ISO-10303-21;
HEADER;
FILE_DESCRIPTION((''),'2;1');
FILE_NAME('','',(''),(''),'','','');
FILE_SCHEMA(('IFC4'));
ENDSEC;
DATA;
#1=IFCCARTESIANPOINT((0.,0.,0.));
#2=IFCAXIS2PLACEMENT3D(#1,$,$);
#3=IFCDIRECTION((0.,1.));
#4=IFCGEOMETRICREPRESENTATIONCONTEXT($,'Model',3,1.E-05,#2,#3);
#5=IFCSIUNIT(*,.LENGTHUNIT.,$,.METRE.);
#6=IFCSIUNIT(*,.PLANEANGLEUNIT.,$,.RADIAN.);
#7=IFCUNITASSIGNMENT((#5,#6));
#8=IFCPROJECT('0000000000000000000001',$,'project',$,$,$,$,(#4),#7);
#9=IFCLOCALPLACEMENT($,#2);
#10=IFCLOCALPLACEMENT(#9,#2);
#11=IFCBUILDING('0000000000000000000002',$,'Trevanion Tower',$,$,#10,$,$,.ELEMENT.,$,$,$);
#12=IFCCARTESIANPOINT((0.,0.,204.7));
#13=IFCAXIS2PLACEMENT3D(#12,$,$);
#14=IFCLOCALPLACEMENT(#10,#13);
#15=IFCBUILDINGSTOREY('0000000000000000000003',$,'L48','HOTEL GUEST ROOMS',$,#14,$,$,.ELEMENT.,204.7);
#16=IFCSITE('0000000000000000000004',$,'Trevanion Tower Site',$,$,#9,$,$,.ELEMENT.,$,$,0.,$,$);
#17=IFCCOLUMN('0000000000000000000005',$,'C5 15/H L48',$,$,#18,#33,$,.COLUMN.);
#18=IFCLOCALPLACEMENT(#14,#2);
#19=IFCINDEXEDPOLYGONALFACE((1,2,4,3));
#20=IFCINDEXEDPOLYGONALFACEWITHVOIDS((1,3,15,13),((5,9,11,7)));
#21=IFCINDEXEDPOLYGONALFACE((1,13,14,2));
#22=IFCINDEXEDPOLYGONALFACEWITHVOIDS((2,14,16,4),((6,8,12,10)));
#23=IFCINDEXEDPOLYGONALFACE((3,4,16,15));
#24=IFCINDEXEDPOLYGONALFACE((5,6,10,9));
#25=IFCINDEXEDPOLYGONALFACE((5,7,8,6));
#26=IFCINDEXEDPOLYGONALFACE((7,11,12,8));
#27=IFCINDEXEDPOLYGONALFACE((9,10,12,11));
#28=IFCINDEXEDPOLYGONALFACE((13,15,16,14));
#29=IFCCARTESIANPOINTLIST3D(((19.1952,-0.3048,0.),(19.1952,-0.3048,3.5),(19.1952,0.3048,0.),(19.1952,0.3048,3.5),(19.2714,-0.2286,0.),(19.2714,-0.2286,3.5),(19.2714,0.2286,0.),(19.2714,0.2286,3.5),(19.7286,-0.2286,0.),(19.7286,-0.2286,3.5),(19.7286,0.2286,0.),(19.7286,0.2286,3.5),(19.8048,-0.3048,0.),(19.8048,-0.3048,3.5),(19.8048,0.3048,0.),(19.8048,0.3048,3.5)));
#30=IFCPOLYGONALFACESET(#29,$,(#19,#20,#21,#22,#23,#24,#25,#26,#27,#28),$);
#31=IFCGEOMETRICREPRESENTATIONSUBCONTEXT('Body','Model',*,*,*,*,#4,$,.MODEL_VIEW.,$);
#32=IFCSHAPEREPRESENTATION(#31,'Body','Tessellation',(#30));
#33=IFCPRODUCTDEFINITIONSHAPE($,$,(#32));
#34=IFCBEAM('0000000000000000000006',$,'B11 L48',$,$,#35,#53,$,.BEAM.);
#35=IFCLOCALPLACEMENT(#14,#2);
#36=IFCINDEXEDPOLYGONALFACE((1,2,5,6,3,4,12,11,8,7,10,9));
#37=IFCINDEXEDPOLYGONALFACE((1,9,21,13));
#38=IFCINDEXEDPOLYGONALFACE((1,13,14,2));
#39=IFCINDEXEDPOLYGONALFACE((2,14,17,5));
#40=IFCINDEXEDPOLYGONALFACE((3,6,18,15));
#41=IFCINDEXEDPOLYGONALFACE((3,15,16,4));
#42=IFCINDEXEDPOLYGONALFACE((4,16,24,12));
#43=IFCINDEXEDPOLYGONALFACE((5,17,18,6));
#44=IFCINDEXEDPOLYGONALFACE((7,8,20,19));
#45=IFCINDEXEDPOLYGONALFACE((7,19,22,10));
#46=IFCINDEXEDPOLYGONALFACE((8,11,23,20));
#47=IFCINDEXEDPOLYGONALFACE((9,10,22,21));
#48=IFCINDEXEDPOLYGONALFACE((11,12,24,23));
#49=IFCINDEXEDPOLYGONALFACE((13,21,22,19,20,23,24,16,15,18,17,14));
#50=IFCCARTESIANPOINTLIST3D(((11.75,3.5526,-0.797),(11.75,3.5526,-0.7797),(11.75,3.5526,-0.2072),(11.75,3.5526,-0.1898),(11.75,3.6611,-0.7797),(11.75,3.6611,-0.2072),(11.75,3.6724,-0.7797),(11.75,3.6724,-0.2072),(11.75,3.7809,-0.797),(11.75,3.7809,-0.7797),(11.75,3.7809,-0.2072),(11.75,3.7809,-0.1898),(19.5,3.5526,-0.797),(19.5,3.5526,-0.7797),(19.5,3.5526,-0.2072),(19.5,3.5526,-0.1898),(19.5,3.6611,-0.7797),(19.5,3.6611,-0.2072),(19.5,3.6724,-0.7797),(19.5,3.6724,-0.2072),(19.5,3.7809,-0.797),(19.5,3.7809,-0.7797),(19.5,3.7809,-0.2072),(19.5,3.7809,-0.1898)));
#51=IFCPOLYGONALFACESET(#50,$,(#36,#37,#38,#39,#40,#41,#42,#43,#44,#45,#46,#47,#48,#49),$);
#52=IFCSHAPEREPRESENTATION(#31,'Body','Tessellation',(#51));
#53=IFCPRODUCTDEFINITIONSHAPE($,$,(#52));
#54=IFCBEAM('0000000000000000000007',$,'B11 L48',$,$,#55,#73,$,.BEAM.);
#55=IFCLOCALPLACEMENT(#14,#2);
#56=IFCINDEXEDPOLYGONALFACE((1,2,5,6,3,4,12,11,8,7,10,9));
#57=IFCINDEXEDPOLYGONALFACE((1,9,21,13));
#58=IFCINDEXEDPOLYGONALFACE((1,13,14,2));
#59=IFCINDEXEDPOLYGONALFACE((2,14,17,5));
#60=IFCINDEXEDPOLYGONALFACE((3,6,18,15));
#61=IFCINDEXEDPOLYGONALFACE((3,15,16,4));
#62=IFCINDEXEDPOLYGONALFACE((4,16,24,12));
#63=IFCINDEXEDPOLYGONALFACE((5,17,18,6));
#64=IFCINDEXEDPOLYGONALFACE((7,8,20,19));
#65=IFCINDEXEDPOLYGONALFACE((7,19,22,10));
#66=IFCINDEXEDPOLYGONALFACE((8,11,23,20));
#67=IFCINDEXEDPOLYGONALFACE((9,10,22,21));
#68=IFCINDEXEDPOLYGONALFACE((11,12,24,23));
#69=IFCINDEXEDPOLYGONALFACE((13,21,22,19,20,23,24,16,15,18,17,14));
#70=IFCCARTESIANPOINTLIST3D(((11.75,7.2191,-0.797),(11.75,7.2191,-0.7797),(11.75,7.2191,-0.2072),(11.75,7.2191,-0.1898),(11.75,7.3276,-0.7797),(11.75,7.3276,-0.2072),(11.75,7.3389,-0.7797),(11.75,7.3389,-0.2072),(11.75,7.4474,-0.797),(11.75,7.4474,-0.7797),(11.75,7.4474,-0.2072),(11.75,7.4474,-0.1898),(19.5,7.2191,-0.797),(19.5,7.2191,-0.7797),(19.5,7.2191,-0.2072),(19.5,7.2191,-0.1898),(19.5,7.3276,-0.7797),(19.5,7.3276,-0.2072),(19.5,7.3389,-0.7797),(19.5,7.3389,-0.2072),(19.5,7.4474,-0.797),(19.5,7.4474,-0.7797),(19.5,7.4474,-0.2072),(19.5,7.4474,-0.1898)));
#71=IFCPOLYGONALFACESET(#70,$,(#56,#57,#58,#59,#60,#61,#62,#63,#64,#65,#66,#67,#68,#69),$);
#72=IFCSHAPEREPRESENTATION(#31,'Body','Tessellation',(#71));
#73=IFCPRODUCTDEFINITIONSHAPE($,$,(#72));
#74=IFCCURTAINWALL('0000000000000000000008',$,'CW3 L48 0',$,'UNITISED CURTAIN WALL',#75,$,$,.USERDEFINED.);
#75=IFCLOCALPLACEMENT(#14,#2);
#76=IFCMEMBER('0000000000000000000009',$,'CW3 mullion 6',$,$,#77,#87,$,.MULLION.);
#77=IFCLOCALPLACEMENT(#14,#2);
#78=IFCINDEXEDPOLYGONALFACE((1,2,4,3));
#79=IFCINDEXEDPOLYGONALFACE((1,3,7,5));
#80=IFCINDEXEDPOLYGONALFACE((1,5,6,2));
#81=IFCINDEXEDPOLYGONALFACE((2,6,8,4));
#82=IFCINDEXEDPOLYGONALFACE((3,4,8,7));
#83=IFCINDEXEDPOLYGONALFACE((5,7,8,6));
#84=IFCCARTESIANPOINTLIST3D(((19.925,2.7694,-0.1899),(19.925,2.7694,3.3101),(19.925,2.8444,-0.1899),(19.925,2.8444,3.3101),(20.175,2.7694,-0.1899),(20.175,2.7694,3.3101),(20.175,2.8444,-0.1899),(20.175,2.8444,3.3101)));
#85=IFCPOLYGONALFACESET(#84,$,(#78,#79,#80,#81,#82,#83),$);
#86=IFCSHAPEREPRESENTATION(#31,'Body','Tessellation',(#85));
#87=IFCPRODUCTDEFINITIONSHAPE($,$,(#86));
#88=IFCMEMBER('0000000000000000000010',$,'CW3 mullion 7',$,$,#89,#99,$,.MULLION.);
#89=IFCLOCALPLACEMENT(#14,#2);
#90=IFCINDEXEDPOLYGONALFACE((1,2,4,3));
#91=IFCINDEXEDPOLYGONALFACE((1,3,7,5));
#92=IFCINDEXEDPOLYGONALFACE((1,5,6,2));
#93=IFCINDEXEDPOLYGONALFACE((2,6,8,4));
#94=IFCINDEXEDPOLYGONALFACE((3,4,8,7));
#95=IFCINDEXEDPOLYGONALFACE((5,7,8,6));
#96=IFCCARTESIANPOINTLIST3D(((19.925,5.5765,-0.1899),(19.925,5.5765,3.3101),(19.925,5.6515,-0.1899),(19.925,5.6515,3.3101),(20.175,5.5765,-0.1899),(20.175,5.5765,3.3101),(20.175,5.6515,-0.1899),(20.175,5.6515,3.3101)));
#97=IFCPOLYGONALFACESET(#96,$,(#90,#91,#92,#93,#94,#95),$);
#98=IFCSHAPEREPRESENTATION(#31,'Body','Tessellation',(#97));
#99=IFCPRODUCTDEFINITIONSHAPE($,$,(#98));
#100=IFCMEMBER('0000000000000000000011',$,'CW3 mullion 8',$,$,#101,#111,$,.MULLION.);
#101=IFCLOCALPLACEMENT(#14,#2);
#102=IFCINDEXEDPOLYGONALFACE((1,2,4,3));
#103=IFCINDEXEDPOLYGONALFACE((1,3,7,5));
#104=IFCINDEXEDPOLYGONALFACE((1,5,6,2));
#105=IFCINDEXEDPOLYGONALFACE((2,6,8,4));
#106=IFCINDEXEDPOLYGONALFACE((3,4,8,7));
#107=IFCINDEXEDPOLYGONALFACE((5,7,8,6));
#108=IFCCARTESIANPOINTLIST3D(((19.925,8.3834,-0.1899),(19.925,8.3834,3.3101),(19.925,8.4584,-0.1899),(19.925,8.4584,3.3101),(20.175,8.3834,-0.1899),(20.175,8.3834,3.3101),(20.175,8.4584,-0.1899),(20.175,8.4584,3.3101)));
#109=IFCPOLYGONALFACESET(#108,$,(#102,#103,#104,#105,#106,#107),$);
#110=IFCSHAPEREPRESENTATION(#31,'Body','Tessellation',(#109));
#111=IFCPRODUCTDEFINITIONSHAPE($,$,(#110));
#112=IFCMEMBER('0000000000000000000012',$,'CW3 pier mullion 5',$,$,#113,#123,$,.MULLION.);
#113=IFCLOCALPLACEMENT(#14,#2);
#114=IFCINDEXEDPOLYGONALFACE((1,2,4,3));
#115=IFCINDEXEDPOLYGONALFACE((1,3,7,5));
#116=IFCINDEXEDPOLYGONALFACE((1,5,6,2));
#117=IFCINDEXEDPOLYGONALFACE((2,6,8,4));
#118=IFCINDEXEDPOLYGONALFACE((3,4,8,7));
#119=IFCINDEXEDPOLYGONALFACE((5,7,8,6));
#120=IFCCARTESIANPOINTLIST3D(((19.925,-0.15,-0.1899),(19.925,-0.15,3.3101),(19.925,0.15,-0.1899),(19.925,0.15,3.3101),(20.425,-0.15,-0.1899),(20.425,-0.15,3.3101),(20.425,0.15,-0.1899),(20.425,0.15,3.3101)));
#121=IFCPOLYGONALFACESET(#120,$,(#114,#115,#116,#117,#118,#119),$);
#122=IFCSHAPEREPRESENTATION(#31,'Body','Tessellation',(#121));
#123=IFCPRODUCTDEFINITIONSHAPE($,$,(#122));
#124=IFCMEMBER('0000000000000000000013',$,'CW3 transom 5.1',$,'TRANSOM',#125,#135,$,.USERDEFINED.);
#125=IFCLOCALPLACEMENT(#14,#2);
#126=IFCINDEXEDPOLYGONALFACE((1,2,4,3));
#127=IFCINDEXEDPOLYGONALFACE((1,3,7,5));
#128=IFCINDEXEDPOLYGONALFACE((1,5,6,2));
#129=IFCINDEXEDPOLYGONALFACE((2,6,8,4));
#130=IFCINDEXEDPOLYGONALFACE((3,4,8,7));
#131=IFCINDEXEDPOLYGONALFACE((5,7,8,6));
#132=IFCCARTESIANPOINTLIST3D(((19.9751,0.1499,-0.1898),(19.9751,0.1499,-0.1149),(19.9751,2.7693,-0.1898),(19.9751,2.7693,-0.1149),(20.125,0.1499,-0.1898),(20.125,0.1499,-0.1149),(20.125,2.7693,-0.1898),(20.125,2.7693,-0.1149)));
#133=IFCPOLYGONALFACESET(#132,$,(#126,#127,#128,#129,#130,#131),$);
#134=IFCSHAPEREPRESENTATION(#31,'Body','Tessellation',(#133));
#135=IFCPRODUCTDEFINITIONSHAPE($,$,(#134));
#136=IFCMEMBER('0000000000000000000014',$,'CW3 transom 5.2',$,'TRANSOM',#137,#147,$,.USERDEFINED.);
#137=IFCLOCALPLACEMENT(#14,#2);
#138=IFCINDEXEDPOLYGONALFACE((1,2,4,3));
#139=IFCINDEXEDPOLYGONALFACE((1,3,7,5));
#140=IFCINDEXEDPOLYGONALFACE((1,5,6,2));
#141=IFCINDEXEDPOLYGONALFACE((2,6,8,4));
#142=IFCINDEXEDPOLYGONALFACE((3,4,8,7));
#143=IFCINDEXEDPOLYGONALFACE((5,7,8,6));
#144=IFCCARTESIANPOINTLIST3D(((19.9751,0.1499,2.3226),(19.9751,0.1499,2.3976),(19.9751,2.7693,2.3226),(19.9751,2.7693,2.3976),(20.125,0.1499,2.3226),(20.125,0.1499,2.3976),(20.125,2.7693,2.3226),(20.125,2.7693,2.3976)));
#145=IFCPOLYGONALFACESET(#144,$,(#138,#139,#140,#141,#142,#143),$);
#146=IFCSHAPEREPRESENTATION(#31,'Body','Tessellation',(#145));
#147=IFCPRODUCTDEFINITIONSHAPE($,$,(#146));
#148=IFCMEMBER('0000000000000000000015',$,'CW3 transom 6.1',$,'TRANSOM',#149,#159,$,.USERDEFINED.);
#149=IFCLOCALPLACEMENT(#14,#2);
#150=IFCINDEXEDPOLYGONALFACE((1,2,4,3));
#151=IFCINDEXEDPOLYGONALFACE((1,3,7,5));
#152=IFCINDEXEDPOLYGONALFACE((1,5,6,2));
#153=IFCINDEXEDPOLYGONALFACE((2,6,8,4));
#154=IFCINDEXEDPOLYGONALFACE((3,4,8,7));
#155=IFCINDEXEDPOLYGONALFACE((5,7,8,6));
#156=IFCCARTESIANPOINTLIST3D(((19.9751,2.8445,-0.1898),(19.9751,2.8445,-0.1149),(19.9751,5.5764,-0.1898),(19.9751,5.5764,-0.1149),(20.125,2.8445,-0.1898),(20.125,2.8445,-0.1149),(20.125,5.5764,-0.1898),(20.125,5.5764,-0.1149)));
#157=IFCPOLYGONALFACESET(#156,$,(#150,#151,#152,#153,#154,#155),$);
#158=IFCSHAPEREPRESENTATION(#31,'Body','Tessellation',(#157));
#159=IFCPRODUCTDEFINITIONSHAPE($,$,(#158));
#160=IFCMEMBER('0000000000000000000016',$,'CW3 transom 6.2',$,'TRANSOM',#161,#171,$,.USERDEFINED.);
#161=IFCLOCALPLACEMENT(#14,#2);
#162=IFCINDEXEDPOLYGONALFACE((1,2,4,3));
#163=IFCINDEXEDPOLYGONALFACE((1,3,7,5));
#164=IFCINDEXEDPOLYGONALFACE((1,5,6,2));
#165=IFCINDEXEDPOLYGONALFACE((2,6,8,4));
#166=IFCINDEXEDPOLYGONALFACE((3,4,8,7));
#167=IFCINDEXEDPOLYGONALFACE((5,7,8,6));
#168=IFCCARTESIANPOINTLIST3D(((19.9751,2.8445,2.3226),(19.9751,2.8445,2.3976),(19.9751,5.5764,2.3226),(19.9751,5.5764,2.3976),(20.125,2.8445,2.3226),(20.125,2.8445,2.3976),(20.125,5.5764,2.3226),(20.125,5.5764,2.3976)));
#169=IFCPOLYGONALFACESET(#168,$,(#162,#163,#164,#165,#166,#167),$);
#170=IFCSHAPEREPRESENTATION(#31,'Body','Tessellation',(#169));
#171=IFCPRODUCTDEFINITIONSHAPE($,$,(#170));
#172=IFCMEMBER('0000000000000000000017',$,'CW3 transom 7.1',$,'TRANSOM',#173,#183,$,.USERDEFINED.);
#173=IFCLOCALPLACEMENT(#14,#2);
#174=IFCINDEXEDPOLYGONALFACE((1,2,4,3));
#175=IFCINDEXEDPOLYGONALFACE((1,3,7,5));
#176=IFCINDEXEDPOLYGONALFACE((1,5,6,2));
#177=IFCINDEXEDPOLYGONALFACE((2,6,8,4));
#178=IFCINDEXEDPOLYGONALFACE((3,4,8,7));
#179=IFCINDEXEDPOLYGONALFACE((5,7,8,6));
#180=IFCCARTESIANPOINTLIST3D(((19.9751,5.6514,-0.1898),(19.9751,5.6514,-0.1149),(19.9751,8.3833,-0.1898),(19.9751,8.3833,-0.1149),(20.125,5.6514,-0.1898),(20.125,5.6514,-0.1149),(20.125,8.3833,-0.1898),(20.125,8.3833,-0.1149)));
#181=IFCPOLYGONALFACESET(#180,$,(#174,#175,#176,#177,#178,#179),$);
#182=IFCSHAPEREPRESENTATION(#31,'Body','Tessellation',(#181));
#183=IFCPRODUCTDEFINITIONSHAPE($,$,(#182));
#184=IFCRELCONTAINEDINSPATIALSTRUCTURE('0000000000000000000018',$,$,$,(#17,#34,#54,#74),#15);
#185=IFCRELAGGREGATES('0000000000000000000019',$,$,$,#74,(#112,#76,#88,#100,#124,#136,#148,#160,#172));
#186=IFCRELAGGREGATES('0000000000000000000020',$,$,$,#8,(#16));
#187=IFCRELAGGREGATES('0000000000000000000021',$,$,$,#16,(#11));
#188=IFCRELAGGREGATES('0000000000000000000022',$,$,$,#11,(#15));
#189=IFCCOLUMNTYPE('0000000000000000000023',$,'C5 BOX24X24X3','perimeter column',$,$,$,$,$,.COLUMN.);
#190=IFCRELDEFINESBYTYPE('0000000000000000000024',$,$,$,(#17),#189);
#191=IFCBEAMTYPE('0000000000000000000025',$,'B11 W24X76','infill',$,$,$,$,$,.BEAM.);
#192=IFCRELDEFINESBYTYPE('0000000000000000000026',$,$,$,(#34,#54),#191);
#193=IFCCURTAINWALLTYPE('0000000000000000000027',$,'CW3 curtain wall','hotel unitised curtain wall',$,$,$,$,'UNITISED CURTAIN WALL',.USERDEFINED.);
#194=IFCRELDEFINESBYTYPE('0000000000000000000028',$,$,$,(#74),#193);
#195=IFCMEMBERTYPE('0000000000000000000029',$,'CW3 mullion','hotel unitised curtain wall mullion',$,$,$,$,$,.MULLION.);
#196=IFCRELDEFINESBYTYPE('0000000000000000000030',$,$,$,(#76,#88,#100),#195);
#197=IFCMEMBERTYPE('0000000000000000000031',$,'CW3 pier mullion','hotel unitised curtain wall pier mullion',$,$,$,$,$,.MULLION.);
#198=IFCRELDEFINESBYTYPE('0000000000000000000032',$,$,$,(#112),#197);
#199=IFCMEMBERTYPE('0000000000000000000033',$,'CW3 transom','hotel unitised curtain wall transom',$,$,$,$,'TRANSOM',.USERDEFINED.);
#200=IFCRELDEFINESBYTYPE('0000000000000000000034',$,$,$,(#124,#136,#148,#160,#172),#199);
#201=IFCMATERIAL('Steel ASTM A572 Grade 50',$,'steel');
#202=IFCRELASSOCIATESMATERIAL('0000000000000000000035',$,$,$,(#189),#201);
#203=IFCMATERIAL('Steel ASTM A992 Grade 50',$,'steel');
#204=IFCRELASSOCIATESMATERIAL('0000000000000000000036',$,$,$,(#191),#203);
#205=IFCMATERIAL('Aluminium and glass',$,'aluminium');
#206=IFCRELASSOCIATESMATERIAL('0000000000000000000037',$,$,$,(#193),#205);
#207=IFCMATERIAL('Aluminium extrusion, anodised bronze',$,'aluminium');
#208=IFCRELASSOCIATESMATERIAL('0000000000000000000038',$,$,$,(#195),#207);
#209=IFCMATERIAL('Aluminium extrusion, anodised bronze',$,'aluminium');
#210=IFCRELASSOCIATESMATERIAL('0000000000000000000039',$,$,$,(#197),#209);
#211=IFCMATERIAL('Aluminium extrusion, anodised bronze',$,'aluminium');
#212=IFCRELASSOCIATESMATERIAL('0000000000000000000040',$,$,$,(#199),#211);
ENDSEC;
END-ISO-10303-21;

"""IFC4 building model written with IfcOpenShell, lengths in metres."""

from ifc_helpers import new_model, si_unit, direction, frame, origin, origin_2d, place, context, subcontext, project, spatial, rectangle, hollow_rectangle, i_section, extrude, material, material_profile, profile_set, type_object, element, aggregate, save


model = new_model("IFC4")

# Units and contexts
model_context = context("Model", 3, precision=1e-05, world=origin(), true_north=direction((0.0, 1.0)))
body_context = subcontext(model_context, "Body", "Model", "MODEL_VIEW")
ifc_project = project(units=[si_unit("LENGTHUNIT", "METRE"), si_unit("PLANEANGLEUNIT", "RADIAN")], contexts=[model_context])

# Site, building, storey
site_placement = place(None, origin())
site = spatial("IfcSite", under=ifc_project, at=site_placement, Name="Trevanion Tower Site", CompositionType="ELEMENT", RefElevation=0.0)
building_placement = place(site_placement, origin())
building = spatial("IfcBuilding", under=site, at=building_placement, Name="Trevanion Tower", CompositionType="ELEMENT")
storey_placement = place(building_placement, frame((0.0, 0.0, 204.7)))
storey = spatial("IfcBuildingStorey", under=building, at=storey_placement, Name="L48", Description="HOTEL GUEST ROOMS", CompositionType="ELEMENT", Elevation=204.7)

# Column
ifc_material_1 = material(Name="Steel ASTM A572 Grade 50", Category="steel")
ifc_material_profile_1 = material_profile(ifc_material_1, hollow_rectangle(XDim=0.6096, YDim=0.6096, WallThickness=0.0762, at=origin_2d()), Name="BOX24X24X3")
ifc_profile_set_1 = profile_set([ifc_material_profile_1], Name="Steel ASTM A572 Grade 50")
column_type = type_object("IfcColumnType", Name="C5 BOX24X24X3", Description="perimeter column", PredefinedType="COLUMN", material=ifc_profile_set_1)
column_placement = place(storey_placement, frame((19.5, 0.0, 0.0), z_axis=(0.0, 0.0, 1.0), x_axis=(0.0, 1.0, 0.0)))
element("IfcColumn", 1, at=column_placement, inside=storey, type_object=column_type, Name="C5 15/H L48", PredefinedType="COLUMN", context=body_context, shape_type="SweptSolid", body=[
    extrude(hollow_rectangle(XDim=0.6096, YDim=0.6096, WallThickness=0.0762, at=origin_2d()), origin(), (0.0, 0.0, 1.0), 3.5),
])

# Beams
ifc_material_2 = material(Name="Steel ASTM A992 Grade 50", Category="steel")
ifc_material_profile_2 = material_profile(ifc_material_2, i_section(OverallWidth=0.2283, OverallDepth=0.6072, WebThickness=0.0112, FlangeThickness=0.0173, at=origin_2d()), Name="W24X76")
ifc_profile_set_2 = profile_set([ifc_material_profile_2], Name="Steel ASTM A992 Grade 50")
beam_type_1 = type_object("IfcBeamType", Name="B11 W24X76", Description="infill", PredefinedType="BEAM", material=ifc_profile_set_2)
for number, where, z_axis, x_axis, name in (
    (2, (11.75, 3.6667, -0.4934), (1.0, 0.0, 0.0), (0.0, 1.0, 0.0), "B11 L48"),
    (3, (11.75, 7.3333, -0.4934), (1.0, 0.0, 0.0), (0.0, 1.0, 0.0), "B11 L48"),
):
    element("IfcBeam", number, at=place(storey_placement, frame(where, z_axis=z_axis, x_axis=x_axis)), inside=storey, type_object=beam_type_1, Name=name, PredefinedType="BEAM", context=body_context, shape_type="SweptSolid", body=[
        extrude(i_section(OverallWidth=0.2283, OverallDepth=0.6072, WebThickness=0.0112, FlangeThickness=0.0173, at=origin_2d()), origin(), (0.0, 0.0, 1.0), 7.75),
    ])

# Curtain wall, members
ifc_material_3 = material(Name="Aluminium and glass", Category="aluminium")
curtain_wall_type = type_object("IfcCurtainWallType", Name="CW3 curtain wall", Description="hotel unitised curtain wall", ElementType="UNITISED CURTAIN WALL", PredefinedType="USERDEFINED", material=ifc_material_3)
curtain_wall_placement = place(storey_placement, origin())
curtain_wall = element("IfcCurtainWall", 4, at=curtain_wall_placement, inside=storey, type_object=curtain_wall_type, Name="CW3 L48 0", ObjectType="UNITISED CURTAIN WALL", PredefinedType="USERDEFINED")
ifc_material_4 = material(Name="Aluminium extrusion, anodised bronze", Category="aluminium")
ifc_material_profile_3 = material_profile(ifc_material_4, rectangle(XDim=0.075, YDim=0.25, at=origin_2d()), Name="CW3 mullion")
ifc_profile_set_3 = profile_set([ifc_material_profile_3], Name="Aluminium extrusion, anodised bronze")
member_type_1 = type_object("IfcMemberType", Name="CW3 mullion", Description="hotel unitised curtain wall mullion", PredefinedType="MULLION", material=ifc_profile_set_3)
member_1_placement = place(storey_placement, frame((20.05, 2.8069, -0.1899), z_axis=(0.0, 0.0, 1.0), x_axis=(0.0, 1.0, 0.0)))
member_1 = element("IfcMember", 5, at=member_1_placement, type_object=member_type_1, Name="CW3 mullion 6", PredefinedType="MULLION", context=body_context, shape_type="SweptSolid", body=[
    extrude(rectangle(XDim=0.075, YDim=0.25, at=origin_2d()), origin(), (0.0, 0.0, 1.0), 3.5),
])
member_2_placement = place(storey_placement, frame((20.05, 5.614, -0.1899), z_axis=(0.0, 0.0, 1.0), x_axis=(0.0, 1.0, 0.0)))
member_2 = element("IfcMember", 6, at=member_2_placement, type_object=member_type_1, Name="CW3 mullion 7", PredefinedType="MULLION", context=body_context, shape_type="SweptSolid", body=[
    extrude(rectangle(XDim=0.075, YDim=0.25, at=origin_2d()), origin(), (0.0, 0.0, 1.0), 3.5),
])
member_3_placement = place(storey_placement, frame((20.05, 8.4209, -0.1899), z_axis=(0.0, 0.0, 1.0), x_axis=(0.0, 1.0, 0.0)))
member_3 = element("IfcMember", 7, at=member_3_placement, type_object=member_type_1, Name="CW3 mullion 8", PredefinedType="MULLION", context=body_context, shape_type="SweptSolid", body=[
    extrude(rectangle(XDim=0.075, YDim=0.25, at=origin_2d()), origin(), (0.0, 0.0, 1.0), 3.5),
])
ifc_material_5 = material(Name="Aluminium extrusion, anodised bronze", Category="aluminium")
ifc_material_profile_4 = material_profile(ifc_material_5, rectangle(XDim=0.3, YDim=0.5, at=origin_2d()), Name="CW3 pier mullion")
ifc_profile_set_4 = profile_set([ifc_material_profile_4], Name="Aluminium extrusion, anodised bronze")
member_type_2 = type_object("IfcMemberType", Name="CW3 pier mullion", Description="hotel unitised curtain wall pier mullion", PredefinedType="MULLION", material=ifc_profile_set_4)
member_4_placement = place(storey_placement, frame((20.175, 0.0, -0.1899), z_axis=(0.0, 0.0, 1.0), x_axis=(0.0, 1.0, 0.0)))
member_4 = element("IfcMember", 8, at=member_4_placement, type_object=member_type_2, Name="CW3 pier mullion 5", PredefinedType="MULLION", context=body_context, shape_type="SweptSolid", body=[
    extrude(rectangle(XDim=0.3, YDim=0.5, at=origin_2d()), origin(), (0.0, 0.0, 1.0), 3.5),
])
ifc_material_6 = material(Name="Aluminium extrusion, anodised bronze", Category="aluminium")
ifc_material_profile_5 = material_profile(ifc_material_6, rectangle(XDim=0.1499, YDim=0.075, at=origin_2d()), Name="CW3 transom")
ifc_profile_set_5 = profile_set([ifc_material_profile_5], Name="Aluminium extrusion, anodised bronze")
member_type_3 = type_object("IfcMemberType", Name="CW3 transom", Description="hotel unitised curtain wall transom", ElementType="TRANSOM", PredefinedType="USERDEFINED", material=ifc_profile_set_5)
member_5_placement = place(storey_placement, frame((20.05, 0.1499, -0.1523), z_axis=(0.0, 1.0, 0.0), x_axis=(-1.0, 0.0, 0.0)))
member_5 = element("IfcMember", 9, at=member_5_placement, type_object=member_type_3, Name="CW3 transom 5.1", ObjectType="TRANSOM", PredefinedType="USERDEFINED", context=body_context, shape_type="SweptSolid", body=[
    extrude(rectangle(XDim=0.1499, YDim=0.075, at=origin_2d()), origin(), (0.0, 0.0, 1.0), 2.6194),
])
member_6_placement = place(storey_placement, frame((20.05, 0.1499, 2.3601), z_axis=(0.0, 1.0, 0.0), x_axis=(-1.0, 0.0, 0.0)))
member_6 = element("IfcMember", 10, at=member_6_placement, type_object=member_type_3, Name="CW3 transom 5.2", ObjectType="TRANSOM", PredefinedType="USERDEFINED", context=body_context, shape_type="SweptSolid", body=[
    extrude(rectangle(XDim=0.1499, YDim=0.075, at=origin_2d()), origin(), (0.0, 0.0, 1.0), 2.6194),
])
member_7_placement = place(storey_placement, frame((20.05, 2.8445, -0.1523), z_axis=(0.0, 1.0, 0.0), x_axis=(-1.0, 0.0, 0.0)))
member_7 = element("IfcMember", 11, at=member_7_placement, type_object=member_type_3, Name="CW3 transom 6.1", ObjectType="TRANSOM", PredefinedType="USERDEFINED", context=body_context, shape_type="SweptSolid", body=[
    extrude(rectangle(XDim=0.1499, YDim=0.075, at=origin_2d()), origin(), (0.0, 0.0, 1.0), 2.7319),
])
member_8_placement = place(storey_placement, frame((20.05, 2.8445, 2.3601), z_axis=(0.0, 1.0, 0.0), x_axis=(-1.0, 0.0, 0.0)))
member_8 = element("IfcMember", 12, at=member_8_placement, type_object=member_type_3, Name="CW3 transom 6.2", ObjectType="TRANSOM", PredefinedType="USERDEFINED", context=body_context, shape_type="SweptSolid", body=[
    extrude(rectangle(XDim=0.1499, YDim=0.075, at=origin_2d()), origin(), (0.0, 0.0, 1.0), 2.7319),
])
member_9_placement = place(storey_placement, frame((20.05, 5.6514, -0.1523), z_axis=(0.0, 1.0, 0.0), x_axis=(-1.0, 0.0, 0.0)))
member_9 = element("IfcMember", 13, at=member_9_placement, type_object=member_type_3, Name="CW3 transom 7.1", ObjectType="TRANSOM", PredefinedType="USERDEFINED", context=body_context, shape_type="SweptSolid", body=[
    extrude(rectangle(XDim=0.1499, YDim=0.075, at=origin_2d()), origin(), (0.0, 0.0, 1.0), 2.7319),
])

aggregate(curtain_wall, [member_4, member_1, member_2, member_3, member_5, member_6, member_7, member_8, member_9])

save(model, "model.ifc")
